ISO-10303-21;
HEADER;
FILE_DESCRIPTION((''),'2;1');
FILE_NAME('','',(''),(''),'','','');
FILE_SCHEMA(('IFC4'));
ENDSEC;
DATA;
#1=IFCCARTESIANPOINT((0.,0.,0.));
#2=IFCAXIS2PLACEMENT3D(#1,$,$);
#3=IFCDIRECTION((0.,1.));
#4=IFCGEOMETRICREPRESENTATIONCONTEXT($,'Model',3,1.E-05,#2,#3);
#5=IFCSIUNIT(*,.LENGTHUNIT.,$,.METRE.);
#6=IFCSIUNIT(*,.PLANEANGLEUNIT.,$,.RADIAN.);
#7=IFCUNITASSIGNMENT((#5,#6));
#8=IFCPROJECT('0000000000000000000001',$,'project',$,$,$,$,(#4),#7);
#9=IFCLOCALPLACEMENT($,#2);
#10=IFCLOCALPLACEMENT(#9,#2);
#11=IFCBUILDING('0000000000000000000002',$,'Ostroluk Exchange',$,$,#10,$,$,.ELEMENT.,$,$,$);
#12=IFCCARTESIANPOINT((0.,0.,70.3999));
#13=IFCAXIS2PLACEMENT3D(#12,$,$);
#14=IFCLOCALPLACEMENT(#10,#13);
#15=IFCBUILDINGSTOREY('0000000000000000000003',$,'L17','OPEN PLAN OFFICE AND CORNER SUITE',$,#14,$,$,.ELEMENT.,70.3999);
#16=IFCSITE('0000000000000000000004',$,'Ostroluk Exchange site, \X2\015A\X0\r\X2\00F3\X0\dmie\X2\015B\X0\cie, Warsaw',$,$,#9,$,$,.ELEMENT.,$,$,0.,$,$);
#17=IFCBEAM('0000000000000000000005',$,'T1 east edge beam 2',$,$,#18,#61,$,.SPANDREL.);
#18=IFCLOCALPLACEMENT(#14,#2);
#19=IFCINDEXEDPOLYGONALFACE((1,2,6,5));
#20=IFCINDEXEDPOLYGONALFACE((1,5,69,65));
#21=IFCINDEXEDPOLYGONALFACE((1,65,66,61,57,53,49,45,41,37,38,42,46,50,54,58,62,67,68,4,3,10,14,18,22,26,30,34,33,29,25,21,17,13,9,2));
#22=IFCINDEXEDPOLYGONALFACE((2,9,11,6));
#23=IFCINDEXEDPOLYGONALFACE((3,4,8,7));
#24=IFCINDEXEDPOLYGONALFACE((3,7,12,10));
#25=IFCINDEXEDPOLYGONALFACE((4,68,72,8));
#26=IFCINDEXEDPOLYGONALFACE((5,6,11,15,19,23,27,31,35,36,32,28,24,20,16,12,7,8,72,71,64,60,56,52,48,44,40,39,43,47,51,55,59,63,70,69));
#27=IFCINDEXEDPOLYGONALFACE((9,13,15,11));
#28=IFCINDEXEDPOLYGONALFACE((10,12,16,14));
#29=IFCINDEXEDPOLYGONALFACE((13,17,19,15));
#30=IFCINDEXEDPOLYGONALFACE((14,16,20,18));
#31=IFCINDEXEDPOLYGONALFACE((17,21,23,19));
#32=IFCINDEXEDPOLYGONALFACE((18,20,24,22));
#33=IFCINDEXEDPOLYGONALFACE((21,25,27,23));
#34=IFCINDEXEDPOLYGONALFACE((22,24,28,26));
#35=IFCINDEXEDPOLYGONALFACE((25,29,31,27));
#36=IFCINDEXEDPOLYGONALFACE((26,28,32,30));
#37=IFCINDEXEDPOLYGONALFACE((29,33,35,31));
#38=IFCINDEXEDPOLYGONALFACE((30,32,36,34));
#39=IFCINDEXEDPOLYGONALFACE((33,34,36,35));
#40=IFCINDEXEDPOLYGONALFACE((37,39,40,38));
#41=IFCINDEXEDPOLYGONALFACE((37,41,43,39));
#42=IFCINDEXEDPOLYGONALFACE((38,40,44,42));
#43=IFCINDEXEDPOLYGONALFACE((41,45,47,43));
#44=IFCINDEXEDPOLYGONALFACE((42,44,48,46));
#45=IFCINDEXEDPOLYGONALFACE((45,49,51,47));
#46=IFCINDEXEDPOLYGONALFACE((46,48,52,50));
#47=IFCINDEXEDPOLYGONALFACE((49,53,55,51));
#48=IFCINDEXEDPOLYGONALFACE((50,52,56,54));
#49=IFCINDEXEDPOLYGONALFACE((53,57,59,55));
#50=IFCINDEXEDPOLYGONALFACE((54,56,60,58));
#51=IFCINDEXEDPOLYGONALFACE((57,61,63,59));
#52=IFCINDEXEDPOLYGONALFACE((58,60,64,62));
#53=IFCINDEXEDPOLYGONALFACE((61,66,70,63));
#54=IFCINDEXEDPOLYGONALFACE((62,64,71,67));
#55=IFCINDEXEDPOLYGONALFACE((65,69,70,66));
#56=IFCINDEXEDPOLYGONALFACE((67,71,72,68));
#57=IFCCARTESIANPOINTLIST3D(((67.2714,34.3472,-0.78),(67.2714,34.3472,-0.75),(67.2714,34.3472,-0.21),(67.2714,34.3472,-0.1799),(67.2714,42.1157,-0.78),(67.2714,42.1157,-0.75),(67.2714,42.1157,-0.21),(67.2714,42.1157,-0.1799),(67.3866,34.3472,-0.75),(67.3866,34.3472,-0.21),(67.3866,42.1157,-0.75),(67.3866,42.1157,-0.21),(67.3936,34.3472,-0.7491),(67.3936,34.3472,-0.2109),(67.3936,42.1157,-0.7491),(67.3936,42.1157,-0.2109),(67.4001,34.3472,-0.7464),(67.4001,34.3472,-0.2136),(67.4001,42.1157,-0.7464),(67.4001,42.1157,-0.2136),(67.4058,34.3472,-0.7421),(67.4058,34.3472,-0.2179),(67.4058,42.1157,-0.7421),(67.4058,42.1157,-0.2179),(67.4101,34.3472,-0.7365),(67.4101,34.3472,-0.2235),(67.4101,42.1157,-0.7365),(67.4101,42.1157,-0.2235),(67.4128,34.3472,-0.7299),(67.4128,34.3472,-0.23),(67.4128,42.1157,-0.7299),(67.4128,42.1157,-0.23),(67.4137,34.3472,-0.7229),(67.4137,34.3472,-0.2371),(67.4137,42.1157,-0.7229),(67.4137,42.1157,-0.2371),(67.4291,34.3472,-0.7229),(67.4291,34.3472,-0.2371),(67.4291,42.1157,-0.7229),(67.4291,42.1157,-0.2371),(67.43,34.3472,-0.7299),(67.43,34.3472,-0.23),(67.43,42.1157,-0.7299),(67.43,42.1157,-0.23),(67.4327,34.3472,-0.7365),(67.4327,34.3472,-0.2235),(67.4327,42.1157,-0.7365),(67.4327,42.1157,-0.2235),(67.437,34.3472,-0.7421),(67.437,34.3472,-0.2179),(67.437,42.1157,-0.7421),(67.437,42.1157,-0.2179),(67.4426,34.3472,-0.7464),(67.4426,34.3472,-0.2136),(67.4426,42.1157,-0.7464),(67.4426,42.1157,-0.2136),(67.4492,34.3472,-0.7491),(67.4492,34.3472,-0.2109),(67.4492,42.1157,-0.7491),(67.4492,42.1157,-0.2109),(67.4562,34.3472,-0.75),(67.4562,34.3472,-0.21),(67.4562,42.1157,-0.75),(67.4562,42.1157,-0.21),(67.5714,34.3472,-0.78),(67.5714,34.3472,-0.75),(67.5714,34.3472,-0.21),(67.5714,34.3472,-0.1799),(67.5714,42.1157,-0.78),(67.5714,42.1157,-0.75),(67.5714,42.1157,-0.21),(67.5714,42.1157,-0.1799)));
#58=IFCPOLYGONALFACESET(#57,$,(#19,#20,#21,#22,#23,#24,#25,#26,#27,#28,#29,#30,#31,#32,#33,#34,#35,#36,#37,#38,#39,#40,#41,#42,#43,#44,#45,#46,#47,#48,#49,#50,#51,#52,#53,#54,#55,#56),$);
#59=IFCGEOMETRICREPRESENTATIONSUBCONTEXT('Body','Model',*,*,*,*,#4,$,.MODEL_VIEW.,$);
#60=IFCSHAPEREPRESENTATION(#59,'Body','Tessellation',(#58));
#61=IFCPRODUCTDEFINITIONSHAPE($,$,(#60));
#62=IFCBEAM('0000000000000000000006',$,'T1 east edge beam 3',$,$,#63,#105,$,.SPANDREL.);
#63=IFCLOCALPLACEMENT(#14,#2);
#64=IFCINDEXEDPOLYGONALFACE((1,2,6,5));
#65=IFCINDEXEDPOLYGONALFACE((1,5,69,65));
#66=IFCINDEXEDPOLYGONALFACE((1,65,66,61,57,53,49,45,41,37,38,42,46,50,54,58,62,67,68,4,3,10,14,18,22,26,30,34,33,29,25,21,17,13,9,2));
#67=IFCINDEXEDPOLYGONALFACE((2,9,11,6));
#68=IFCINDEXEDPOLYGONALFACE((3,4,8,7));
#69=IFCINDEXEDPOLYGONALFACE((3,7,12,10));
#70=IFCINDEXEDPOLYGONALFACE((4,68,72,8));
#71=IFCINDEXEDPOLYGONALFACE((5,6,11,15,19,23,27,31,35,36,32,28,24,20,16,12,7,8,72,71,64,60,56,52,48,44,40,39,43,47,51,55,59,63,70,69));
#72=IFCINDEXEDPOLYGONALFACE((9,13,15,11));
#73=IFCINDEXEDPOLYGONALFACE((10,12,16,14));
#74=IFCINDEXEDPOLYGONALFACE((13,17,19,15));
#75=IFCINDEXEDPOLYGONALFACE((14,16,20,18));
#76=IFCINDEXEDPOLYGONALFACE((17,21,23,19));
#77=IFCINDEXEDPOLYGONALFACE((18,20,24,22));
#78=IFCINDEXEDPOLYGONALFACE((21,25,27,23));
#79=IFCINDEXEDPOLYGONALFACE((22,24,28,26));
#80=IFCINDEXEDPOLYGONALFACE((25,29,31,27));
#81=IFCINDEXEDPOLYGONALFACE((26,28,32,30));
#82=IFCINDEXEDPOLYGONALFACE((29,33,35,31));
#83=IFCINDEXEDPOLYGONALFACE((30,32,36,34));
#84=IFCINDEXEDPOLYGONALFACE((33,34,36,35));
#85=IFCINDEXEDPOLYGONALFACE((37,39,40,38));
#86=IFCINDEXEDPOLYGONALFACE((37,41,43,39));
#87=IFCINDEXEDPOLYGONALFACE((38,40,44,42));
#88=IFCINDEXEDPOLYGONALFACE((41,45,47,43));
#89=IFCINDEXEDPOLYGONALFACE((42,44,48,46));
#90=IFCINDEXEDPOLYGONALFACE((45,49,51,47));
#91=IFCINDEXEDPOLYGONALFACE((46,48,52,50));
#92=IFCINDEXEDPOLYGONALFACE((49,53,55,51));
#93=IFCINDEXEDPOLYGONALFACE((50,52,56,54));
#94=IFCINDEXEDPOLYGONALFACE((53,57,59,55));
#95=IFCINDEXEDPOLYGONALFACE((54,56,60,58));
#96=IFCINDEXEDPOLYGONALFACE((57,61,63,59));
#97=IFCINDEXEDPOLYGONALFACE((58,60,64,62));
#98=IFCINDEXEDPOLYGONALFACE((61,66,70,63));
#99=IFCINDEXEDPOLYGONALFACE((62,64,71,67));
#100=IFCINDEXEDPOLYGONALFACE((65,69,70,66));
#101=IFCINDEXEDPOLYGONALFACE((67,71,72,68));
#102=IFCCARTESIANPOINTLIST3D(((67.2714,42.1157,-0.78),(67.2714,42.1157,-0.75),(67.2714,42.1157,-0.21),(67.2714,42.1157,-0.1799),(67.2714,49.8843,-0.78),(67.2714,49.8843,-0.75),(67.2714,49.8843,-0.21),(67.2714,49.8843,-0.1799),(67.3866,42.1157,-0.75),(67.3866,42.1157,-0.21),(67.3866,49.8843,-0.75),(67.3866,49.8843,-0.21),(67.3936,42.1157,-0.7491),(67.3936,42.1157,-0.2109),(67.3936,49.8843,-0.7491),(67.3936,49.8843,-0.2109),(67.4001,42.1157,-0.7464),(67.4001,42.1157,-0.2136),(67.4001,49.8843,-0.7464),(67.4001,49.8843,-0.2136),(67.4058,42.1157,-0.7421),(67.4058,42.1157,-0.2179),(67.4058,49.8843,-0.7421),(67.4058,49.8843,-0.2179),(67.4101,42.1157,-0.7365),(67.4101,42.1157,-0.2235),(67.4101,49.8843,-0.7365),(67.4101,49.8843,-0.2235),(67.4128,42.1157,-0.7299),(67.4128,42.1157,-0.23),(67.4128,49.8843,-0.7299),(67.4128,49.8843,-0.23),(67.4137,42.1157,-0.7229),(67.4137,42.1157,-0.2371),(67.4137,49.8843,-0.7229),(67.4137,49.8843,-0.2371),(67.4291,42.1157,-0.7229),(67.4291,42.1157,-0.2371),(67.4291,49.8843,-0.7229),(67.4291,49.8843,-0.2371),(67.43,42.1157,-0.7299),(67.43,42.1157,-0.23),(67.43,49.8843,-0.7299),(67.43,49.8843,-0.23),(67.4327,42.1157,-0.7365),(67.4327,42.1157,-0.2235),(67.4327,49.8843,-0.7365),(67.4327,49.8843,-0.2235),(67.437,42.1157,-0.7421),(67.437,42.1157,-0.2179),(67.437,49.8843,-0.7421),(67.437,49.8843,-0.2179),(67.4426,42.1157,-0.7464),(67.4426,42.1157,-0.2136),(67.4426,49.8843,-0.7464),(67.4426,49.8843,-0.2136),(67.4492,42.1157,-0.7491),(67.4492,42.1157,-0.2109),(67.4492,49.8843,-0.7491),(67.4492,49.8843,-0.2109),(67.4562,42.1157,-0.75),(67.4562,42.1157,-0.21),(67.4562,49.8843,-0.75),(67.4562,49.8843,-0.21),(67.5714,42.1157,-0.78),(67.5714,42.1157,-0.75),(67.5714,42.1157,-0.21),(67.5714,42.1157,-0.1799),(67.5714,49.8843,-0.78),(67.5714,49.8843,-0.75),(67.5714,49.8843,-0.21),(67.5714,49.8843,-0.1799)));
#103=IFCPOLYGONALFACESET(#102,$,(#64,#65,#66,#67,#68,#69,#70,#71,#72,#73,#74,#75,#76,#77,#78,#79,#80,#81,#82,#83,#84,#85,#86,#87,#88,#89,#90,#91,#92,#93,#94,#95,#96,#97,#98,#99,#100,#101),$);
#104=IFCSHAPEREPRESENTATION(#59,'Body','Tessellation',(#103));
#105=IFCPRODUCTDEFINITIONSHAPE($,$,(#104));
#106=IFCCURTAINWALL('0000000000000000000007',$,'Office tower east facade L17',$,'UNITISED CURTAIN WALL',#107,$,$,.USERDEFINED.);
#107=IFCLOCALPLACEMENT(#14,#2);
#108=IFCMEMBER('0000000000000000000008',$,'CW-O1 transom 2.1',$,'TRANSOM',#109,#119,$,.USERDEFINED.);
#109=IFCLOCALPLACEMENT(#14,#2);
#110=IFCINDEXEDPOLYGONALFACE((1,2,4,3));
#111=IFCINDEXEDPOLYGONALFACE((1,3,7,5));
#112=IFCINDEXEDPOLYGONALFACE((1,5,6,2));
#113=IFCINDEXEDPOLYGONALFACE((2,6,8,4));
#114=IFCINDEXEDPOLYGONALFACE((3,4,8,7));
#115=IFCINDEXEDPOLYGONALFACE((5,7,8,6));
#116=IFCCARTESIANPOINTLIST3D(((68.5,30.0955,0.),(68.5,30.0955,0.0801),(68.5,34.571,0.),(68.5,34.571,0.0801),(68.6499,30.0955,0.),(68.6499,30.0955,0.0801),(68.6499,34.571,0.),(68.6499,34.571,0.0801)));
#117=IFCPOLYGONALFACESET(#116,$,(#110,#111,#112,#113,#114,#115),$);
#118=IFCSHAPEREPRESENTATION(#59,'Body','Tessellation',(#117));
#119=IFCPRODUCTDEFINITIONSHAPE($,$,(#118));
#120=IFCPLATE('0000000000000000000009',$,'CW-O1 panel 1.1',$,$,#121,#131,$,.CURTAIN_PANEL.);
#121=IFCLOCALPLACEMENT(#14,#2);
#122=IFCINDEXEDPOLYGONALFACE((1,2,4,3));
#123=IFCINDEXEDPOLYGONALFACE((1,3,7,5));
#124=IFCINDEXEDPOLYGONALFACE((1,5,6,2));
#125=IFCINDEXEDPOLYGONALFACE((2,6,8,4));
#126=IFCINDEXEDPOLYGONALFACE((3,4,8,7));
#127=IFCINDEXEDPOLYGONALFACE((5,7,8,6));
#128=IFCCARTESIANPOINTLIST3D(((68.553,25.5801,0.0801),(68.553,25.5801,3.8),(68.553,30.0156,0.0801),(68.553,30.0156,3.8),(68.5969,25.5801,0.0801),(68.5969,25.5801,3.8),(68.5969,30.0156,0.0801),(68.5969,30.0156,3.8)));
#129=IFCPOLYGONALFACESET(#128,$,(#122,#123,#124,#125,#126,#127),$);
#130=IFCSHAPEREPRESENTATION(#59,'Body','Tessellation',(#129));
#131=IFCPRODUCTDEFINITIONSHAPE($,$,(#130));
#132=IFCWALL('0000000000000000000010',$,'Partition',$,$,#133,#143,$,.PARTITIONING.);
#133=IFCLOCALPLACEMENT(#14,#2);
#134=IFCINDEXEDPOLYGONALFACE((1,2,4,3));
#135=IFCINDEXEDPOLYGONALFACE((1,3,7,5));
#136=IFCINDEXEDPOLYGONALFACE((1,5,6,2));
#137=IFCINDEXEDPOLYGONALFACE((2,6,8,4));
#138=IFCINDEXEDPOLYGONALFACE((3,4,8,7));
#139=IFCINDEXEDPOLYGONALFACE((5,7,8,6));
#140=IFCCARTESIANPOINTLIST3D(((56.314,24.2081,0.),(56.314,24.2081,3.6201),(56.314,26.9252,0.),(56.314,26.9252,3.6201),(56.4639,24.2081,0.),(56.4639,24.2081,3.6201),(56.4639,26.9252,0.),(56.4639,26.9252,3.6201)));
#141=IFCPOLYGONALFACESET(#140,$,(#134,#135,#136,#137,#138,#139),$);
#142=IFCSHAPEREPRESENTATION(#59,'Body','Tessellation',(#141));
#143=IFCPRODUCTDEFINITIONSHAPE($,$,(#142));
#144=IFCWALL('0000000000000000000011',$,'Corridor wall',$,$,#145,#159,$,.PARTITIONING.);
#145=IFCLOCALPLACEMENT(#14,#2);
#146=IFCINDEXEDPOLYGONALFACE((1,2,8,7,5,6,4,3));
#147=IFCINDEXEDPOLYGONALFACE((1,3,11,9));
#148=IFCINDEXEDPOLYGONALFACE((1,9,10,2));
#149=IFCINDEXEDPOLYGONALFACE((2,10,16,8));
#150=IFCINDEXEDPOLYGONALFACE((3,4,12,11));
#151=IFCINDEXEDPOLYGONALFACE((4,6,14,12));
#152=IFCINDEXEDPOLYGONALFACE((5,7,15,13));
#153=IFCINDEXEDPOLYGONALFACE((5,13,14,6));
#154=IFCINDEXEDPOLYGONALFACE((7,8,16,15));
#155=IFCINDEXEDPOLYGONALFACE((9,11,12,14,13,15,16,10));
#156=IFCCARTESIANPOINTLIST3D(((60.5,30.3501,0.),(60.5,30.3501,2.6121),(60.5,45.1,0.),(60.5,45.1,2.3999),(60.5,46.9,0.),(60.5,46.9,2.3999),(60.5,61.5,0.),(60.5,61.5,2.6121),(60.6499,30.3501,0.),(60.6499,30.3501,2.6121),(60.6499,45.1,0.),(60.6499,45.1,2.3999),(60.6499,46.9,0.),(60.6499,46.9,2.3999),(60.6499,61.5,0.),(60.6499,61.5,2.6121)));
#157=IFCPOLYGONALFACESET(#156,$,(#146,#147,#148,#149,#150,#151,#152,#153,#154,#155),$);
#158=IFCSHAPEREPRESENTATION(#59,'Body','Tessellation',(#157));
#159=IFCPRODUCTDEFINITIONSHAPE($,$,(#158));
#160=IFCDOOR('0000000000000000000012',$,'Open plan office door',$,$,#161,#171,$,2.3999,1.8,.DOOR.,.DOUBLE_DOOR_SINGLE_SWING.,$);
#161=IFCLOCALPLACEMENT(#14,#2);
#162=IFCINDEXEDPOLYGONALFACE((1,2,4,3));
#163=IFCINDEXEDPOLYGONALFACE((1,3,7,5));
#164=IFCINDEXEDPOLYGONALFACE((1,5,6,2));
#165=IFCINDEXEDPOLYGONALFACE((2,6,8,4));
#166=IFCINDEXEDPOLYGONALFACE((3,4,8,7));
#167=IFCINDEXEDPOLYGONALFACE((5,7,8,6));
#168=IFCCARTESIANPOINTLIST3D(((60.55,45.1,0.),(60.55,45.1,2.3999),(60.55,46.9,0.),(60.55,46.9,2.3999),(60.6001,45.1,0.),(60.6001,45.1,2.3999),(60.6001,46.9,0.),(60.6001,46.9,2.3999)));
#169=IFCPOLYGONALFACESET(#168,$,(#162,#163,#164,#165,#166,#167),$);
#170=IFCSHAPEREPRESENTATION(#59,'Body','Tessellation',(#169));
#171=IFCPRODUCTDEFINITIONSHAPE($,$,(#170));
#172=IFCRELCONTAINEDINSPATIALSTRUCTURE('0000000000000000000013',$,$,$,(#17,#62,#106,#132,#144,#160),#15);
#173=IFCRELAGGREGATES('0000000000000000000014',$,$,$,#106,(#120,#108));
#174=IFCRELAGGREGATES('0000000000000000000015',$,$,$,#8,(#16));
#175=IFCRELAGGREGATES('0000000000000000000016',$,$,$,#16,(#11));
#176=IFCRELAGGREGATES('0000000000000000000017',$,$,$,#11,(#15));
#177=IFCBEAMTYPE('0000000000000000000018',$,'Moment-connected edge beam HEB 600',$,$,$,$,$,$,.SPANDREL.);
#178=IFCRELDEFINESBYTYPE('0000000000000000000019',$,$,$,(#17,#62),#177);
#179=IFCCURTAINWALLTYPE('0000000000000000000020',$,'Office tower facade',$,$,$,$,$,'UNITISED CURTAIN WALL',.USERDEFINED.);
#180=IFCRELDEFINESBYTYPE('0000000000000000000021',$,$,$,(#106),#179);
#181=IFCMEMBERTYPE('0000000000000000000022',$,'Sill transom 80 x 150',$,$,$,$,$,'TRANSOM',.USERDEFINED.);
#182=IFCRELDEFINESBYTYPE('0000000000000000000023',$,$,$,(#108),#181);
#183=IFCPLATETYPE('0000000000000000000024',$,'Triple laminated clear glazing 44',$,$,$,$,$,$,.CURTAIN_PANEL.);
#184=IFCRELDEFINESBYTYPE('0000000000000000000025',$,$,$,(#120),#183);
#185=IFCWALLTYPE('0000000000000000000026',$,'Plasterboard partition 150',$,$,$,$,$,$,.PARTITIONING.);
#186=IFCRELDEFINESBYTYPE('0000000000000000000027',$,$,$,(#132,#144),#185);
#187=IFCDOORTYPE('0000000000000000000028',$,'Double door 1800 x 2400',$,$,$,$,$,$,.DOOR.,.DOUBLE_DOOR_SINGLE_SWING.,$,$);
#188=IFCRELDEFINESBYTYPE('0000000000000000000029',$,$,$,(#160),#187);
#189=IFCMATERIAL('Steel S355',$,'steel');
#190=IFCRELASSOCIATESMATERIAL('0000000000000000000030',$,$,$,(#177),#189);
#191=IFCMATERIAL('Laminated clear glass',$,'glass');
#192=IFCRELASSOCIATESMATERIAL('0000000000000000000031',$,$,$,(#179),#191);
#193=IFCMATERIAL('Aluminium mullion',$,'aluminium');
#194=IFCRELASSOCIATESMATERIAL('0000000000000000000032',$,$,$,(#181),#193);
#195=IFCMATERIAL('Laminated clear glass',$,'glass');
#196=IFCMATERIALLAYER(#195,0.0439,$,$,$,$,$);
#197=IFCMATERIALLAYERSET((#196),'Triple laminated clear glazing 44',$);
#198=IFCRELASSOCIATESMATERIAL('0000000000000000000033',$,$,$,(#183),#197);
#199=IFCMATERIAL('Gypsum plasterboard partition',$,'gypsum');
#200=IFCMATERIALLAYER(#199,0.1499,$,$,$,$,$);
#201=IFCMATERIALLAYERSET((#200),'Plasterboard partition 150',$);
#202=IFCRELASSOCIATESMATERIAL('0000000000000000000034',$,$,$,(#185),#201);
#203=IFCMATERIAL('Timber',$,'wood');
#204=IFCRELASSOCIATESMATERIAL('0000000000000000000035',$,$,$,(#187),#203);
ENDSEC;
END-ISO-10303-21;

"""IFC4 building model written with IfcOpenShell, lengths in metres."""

from ifc_helpers import new_model, si_unit, direction, frame, frame_2d, origin, origin_2d, place, context, subcontext, project, spatial, rectangle, i_section, extrude, material, layer, layer_set, material_profile, profile_set, type_object, element, fill, aggregate, save


model = new_model("IFC4")

# Units and contexts
model_context = context("Model", 3, precision=1e-05, world=origin(), true_north=direction((0.0, 1.0)))
body_context = subcontext(model_context, "Body", "Model", "MODEL_VIEW")
ifc_project = project(units=[si_unit("LENGTHUNIT", "METRE"), si_unit("PLANEANGLEUNIT", "RADIAN")], contexts=[model_context])

# Site, building, storey
site_placement = place(None, origin())
site = spatial("IfcSite", under=ifc_project, at=site_placement, Name="Ostroluk Exchange site, Śródmieście, Warsaw", CompositionType="ELEMENT", RefElevation=0.0)
building_placement = place(site_placement, origin())
building = spatial("IfcBuilding", under=site, at=building_placement, Name="Ostroluk Exchange", CompositionType="ELEMENT")
storey_placement = place(building_placement, frame((0.0, 0.0, 70.3999)))
storey = spatial("IfcBuildingStorey", under=building, at=storey_placement, Name="L17", Description="OPEN PLAN OFFICE AND CORNER SUITE", CompositionType="ELEMENT", Elevation=70.3999)

# Beams
ifc_material_1 = material(Name="Steel S355", Category="steel")
ifc_material_profile_1 = material_profile(ifc_material_1, i_section(OverallWidth=0.3, OverallDepth=0.6001, WebThickness=0.0154, FlangeThickness=0.03, FilletRadius=0.0271, at=origin_2d()), Name="HEB 600")
ifc_profile_set_1 = profile_set([ifc_material_profile_1], Name="Steel S355")
beam_type_1 = type_object("IfcBeamType", Name="Moment-connected edge beam HEB 600", PredefinedType="SPANDREL", material=ifc_profile_set_1)
for number, where, z_axis, x_axis, name in (
    (1, (67.4214, 34.3472, -0.48), (0.0, 1.0, 0.0), (-1.0, 0.0, 0.0), "T1 east edge beam 2"),
    (2, (67.4214, 42.1157, -0.48), (0.0, 1.0, 0.0), (-1.0, 0.0, 0.0), "T1 east edge beam 3"),
):
    element("IfcBeam", number, at=place(storey_placement, frame(where, z_axis=z_axis, x_axis=x_axis)), inside=storey, type_object=beam_type_1, Name=name, PredefinedType="SPANDREL", context=body_context, shape_type="SweptSolid", body=[
        extrude(i_section(OverallWidth=0.3, OverallDepth=0.6001, WebThickness=0.0154, FlangeThickness=0.03, FilletRadius=0.0271, at=origin_2d()), origin(), (0.0, 0.0, 1.0), 7.7686),
    ])

# Curtain wall, member, plate
ifc_material_2 = material(Name="Laminated clear glass", Category="glass")
curtain_wall_type = type_object("IfcCurtainWallType", Name="Office tower facade", ElementType="UNITISED CURTAIN WALL", PredefinedType="USERDEFINED", material=ifc_material_2)
curtain_wall_placement = place(storey_placement, origin())
curtain_wall = element("IfcCurtainWall", 3, at=curtain_wall_placement, inside=storey, type_object=curtain_wall_type, Name="Office tower east facade L17", ObjectType="UNITISED CURTAIN WALL", PredefinedType="USERDEFINED")
ifc_material_3 = material(Name="Aluminium mullion", Category="aluminium")
ifc_material_profile_2 = material_profile(ifc_material_3, rectangle(XDim=0.1499, YDim=0.0801, at=origin_2d()), Name="Sill transom 80 x 150")
ifc_profile_set_2 = profile_set([ifc_material_profile_2], Name="Aluminium mullion")
member_type = type_object("IfcMemberType", Name="Sill transom 80 x 150", ElementType="TRANSOM", PredefinedType="USERDEFINED", material=ifc_profile_set_2)
member_placement = place(storey_placement, frame((68.575, 30.0955, 0.04), z_axis=(0.0, 1.0, 0.0), x_axis=(-1.0, 0.0, 0.0)))
member = element("IfcMember", 4, at=member_placement, type_object=member_type, Name="CW-O1 transom 2.1", ObjectType="TRANSOM", PredefinedType="USERDEFINED", context=body_context, shape_type="SweptSolid", body=[
    extrude(rectangle(XDim=0.1499, YDim=0.0801, at=origin_2d()), origin(), (0.0, 0.0, 1.0), 4.4756),
])
ifc_material_4 = material(Name="Laminated clear glass", Category="glass")
ifc_layer_1 = layer(ifc_material_4, 0.0439)
ifc_layer_set_1 = layer_set([ifc_layer_1], Name="Triple laminated clear glazing 44")
plate_type = type_object("IfcPlateType", Name="Triple laminated clear glazing 44", PredefinedType="CURTAIN_PANEL", material=ifc_layer_set_1)
plate_placement = place(storey_placement, frame((68.575, 27.7979, 0.0801), z_axis=(0.0, 0.0, 1.0), x_axis=(0.0, 1.0, 0.0)))
plate = element("IfcPlate", 5, at=plate_placement, type_object=plate_type, Name="CW-O1 panel 1.1", PredefinedType="CURTAIN_PANEL", context=body_context, shape_type="SweptSolid", body=[
    extrude(rectangle(XDim=4.4355, YDim=0.0439, at=origin_2d()), origin(), (0.0, 0.0, 1.0), 3.72),
])
aggregate(curtain_wall, [plate, member])

# Wall
ifc_material_5 = material(Name="Gypsum plasterboard partition", Category="gypsum")
ifc_layer_2 = layer(ifc_material_5, 0.1499)
ifc_layer_set_2 = layer_set([ifc_layer_2], Name="Plasterboard partition 150")
wall_type_1 = type_object("IfcWallType", Name="Plasterboard partition 150", PredefinedType="PARTITIONING", material=ifc_layer_set_2)
wall_1_placement = place(storey_placement, frame((56.3889, 26.925, 0.0), z_axis=(0.0, 0.0, 1.0), x_axis=(0.0, -1.0, 0.0)))
element("IfcWall", 6, at=wall_1_placement, inside=storey, type_object=wall_type_1, Name="Partition", PredefinedType="PARTITIONING", context=body_context, shape_type="SweptSolid", body=[
    extrude(rectangle(XDim=2.717, YDim=0.1499, at=frame_2d((1.3584, 0.0))), origin(), (0.0, 0.0, 1.0), 3.6201),
])

# Wall, opening, door
wall_2_placement = place(storey_placement, frame((60.575, 30.3501, 0.0), z_axis=(0.0, 0.0, 1.0), x_axis=(0.0, 1.0, 0.0)))
wall_2 = element("IfcWall", 7, at=wall_2_placement, inside=storey, type_object=wall_type_1, Name="Corridor wall", PredefinedType="PARTITIONING", context=body_context, shape_type="SweptSolid", body=[
    extrude(rectangle(XDim=31.1499, YDim=0.1499, at=frame_2d((15.575, 0.0))), origin(), (0.0, 0.0, 1.0), 2.6121),
])
opening_1_placement = place(wall_2_placement, frame((14.75, 0.0, 0.0)))
opening_1 = element("IfcOpeningElement", 8, at=opening_1_placement, cuts=wall_2, PredefinedType="OPENING", context=body_context, shape_type="SweptSolid", body=[
    extrude(rectangle(XDim=1.8, YDim=2.3999, at=frame_2d((0.8999, 1.2))), frame((0.0, 0.085, 0.0), z_axis=(0.0, -1.0, 0.0), x_axis=(1.0, 0.0, 0.0)), (0.0, 0.0, 1.0), 0.1699),
])
ifc_material_6 = material(Name="Timber", Category="wood")
door_type_1 = type_object("IfcDoorType", Name="Double door 1800 x 2400", OperationType="DOUBLE_DOOR_SINGLE_SWING", PredefinedType="DOOR", material=ifc_material_6)
door_1_placement = place(opening_1_placement, origin())
door_1 = element("IfcDoor", 9, at=door_1_placement, inside=storey, type_object=door_type_1, Name="Open plan office door", OperationType="DOUBLE_DOOR_SINGLE_SWING", OverallHeight=2.3999, OverallWidth=1.8, PredefinedType="DOOR", context=body_context, shape_type="SweptSolid", body=[
    extrude(rectangle(XDim=1.8, YDim=2.3999, at=frame_2d((0.8999, 1.2))), frame((0.0, 0.0249, 0.0), z_axis=(0.0, -1.0, 0.0), x_axis=(1.0, 0.0, 0.0)), (0.0, 0.0, 1.0), 0.05),
])
fill(opening_1, door_1)

save(model, "model.ifc")
